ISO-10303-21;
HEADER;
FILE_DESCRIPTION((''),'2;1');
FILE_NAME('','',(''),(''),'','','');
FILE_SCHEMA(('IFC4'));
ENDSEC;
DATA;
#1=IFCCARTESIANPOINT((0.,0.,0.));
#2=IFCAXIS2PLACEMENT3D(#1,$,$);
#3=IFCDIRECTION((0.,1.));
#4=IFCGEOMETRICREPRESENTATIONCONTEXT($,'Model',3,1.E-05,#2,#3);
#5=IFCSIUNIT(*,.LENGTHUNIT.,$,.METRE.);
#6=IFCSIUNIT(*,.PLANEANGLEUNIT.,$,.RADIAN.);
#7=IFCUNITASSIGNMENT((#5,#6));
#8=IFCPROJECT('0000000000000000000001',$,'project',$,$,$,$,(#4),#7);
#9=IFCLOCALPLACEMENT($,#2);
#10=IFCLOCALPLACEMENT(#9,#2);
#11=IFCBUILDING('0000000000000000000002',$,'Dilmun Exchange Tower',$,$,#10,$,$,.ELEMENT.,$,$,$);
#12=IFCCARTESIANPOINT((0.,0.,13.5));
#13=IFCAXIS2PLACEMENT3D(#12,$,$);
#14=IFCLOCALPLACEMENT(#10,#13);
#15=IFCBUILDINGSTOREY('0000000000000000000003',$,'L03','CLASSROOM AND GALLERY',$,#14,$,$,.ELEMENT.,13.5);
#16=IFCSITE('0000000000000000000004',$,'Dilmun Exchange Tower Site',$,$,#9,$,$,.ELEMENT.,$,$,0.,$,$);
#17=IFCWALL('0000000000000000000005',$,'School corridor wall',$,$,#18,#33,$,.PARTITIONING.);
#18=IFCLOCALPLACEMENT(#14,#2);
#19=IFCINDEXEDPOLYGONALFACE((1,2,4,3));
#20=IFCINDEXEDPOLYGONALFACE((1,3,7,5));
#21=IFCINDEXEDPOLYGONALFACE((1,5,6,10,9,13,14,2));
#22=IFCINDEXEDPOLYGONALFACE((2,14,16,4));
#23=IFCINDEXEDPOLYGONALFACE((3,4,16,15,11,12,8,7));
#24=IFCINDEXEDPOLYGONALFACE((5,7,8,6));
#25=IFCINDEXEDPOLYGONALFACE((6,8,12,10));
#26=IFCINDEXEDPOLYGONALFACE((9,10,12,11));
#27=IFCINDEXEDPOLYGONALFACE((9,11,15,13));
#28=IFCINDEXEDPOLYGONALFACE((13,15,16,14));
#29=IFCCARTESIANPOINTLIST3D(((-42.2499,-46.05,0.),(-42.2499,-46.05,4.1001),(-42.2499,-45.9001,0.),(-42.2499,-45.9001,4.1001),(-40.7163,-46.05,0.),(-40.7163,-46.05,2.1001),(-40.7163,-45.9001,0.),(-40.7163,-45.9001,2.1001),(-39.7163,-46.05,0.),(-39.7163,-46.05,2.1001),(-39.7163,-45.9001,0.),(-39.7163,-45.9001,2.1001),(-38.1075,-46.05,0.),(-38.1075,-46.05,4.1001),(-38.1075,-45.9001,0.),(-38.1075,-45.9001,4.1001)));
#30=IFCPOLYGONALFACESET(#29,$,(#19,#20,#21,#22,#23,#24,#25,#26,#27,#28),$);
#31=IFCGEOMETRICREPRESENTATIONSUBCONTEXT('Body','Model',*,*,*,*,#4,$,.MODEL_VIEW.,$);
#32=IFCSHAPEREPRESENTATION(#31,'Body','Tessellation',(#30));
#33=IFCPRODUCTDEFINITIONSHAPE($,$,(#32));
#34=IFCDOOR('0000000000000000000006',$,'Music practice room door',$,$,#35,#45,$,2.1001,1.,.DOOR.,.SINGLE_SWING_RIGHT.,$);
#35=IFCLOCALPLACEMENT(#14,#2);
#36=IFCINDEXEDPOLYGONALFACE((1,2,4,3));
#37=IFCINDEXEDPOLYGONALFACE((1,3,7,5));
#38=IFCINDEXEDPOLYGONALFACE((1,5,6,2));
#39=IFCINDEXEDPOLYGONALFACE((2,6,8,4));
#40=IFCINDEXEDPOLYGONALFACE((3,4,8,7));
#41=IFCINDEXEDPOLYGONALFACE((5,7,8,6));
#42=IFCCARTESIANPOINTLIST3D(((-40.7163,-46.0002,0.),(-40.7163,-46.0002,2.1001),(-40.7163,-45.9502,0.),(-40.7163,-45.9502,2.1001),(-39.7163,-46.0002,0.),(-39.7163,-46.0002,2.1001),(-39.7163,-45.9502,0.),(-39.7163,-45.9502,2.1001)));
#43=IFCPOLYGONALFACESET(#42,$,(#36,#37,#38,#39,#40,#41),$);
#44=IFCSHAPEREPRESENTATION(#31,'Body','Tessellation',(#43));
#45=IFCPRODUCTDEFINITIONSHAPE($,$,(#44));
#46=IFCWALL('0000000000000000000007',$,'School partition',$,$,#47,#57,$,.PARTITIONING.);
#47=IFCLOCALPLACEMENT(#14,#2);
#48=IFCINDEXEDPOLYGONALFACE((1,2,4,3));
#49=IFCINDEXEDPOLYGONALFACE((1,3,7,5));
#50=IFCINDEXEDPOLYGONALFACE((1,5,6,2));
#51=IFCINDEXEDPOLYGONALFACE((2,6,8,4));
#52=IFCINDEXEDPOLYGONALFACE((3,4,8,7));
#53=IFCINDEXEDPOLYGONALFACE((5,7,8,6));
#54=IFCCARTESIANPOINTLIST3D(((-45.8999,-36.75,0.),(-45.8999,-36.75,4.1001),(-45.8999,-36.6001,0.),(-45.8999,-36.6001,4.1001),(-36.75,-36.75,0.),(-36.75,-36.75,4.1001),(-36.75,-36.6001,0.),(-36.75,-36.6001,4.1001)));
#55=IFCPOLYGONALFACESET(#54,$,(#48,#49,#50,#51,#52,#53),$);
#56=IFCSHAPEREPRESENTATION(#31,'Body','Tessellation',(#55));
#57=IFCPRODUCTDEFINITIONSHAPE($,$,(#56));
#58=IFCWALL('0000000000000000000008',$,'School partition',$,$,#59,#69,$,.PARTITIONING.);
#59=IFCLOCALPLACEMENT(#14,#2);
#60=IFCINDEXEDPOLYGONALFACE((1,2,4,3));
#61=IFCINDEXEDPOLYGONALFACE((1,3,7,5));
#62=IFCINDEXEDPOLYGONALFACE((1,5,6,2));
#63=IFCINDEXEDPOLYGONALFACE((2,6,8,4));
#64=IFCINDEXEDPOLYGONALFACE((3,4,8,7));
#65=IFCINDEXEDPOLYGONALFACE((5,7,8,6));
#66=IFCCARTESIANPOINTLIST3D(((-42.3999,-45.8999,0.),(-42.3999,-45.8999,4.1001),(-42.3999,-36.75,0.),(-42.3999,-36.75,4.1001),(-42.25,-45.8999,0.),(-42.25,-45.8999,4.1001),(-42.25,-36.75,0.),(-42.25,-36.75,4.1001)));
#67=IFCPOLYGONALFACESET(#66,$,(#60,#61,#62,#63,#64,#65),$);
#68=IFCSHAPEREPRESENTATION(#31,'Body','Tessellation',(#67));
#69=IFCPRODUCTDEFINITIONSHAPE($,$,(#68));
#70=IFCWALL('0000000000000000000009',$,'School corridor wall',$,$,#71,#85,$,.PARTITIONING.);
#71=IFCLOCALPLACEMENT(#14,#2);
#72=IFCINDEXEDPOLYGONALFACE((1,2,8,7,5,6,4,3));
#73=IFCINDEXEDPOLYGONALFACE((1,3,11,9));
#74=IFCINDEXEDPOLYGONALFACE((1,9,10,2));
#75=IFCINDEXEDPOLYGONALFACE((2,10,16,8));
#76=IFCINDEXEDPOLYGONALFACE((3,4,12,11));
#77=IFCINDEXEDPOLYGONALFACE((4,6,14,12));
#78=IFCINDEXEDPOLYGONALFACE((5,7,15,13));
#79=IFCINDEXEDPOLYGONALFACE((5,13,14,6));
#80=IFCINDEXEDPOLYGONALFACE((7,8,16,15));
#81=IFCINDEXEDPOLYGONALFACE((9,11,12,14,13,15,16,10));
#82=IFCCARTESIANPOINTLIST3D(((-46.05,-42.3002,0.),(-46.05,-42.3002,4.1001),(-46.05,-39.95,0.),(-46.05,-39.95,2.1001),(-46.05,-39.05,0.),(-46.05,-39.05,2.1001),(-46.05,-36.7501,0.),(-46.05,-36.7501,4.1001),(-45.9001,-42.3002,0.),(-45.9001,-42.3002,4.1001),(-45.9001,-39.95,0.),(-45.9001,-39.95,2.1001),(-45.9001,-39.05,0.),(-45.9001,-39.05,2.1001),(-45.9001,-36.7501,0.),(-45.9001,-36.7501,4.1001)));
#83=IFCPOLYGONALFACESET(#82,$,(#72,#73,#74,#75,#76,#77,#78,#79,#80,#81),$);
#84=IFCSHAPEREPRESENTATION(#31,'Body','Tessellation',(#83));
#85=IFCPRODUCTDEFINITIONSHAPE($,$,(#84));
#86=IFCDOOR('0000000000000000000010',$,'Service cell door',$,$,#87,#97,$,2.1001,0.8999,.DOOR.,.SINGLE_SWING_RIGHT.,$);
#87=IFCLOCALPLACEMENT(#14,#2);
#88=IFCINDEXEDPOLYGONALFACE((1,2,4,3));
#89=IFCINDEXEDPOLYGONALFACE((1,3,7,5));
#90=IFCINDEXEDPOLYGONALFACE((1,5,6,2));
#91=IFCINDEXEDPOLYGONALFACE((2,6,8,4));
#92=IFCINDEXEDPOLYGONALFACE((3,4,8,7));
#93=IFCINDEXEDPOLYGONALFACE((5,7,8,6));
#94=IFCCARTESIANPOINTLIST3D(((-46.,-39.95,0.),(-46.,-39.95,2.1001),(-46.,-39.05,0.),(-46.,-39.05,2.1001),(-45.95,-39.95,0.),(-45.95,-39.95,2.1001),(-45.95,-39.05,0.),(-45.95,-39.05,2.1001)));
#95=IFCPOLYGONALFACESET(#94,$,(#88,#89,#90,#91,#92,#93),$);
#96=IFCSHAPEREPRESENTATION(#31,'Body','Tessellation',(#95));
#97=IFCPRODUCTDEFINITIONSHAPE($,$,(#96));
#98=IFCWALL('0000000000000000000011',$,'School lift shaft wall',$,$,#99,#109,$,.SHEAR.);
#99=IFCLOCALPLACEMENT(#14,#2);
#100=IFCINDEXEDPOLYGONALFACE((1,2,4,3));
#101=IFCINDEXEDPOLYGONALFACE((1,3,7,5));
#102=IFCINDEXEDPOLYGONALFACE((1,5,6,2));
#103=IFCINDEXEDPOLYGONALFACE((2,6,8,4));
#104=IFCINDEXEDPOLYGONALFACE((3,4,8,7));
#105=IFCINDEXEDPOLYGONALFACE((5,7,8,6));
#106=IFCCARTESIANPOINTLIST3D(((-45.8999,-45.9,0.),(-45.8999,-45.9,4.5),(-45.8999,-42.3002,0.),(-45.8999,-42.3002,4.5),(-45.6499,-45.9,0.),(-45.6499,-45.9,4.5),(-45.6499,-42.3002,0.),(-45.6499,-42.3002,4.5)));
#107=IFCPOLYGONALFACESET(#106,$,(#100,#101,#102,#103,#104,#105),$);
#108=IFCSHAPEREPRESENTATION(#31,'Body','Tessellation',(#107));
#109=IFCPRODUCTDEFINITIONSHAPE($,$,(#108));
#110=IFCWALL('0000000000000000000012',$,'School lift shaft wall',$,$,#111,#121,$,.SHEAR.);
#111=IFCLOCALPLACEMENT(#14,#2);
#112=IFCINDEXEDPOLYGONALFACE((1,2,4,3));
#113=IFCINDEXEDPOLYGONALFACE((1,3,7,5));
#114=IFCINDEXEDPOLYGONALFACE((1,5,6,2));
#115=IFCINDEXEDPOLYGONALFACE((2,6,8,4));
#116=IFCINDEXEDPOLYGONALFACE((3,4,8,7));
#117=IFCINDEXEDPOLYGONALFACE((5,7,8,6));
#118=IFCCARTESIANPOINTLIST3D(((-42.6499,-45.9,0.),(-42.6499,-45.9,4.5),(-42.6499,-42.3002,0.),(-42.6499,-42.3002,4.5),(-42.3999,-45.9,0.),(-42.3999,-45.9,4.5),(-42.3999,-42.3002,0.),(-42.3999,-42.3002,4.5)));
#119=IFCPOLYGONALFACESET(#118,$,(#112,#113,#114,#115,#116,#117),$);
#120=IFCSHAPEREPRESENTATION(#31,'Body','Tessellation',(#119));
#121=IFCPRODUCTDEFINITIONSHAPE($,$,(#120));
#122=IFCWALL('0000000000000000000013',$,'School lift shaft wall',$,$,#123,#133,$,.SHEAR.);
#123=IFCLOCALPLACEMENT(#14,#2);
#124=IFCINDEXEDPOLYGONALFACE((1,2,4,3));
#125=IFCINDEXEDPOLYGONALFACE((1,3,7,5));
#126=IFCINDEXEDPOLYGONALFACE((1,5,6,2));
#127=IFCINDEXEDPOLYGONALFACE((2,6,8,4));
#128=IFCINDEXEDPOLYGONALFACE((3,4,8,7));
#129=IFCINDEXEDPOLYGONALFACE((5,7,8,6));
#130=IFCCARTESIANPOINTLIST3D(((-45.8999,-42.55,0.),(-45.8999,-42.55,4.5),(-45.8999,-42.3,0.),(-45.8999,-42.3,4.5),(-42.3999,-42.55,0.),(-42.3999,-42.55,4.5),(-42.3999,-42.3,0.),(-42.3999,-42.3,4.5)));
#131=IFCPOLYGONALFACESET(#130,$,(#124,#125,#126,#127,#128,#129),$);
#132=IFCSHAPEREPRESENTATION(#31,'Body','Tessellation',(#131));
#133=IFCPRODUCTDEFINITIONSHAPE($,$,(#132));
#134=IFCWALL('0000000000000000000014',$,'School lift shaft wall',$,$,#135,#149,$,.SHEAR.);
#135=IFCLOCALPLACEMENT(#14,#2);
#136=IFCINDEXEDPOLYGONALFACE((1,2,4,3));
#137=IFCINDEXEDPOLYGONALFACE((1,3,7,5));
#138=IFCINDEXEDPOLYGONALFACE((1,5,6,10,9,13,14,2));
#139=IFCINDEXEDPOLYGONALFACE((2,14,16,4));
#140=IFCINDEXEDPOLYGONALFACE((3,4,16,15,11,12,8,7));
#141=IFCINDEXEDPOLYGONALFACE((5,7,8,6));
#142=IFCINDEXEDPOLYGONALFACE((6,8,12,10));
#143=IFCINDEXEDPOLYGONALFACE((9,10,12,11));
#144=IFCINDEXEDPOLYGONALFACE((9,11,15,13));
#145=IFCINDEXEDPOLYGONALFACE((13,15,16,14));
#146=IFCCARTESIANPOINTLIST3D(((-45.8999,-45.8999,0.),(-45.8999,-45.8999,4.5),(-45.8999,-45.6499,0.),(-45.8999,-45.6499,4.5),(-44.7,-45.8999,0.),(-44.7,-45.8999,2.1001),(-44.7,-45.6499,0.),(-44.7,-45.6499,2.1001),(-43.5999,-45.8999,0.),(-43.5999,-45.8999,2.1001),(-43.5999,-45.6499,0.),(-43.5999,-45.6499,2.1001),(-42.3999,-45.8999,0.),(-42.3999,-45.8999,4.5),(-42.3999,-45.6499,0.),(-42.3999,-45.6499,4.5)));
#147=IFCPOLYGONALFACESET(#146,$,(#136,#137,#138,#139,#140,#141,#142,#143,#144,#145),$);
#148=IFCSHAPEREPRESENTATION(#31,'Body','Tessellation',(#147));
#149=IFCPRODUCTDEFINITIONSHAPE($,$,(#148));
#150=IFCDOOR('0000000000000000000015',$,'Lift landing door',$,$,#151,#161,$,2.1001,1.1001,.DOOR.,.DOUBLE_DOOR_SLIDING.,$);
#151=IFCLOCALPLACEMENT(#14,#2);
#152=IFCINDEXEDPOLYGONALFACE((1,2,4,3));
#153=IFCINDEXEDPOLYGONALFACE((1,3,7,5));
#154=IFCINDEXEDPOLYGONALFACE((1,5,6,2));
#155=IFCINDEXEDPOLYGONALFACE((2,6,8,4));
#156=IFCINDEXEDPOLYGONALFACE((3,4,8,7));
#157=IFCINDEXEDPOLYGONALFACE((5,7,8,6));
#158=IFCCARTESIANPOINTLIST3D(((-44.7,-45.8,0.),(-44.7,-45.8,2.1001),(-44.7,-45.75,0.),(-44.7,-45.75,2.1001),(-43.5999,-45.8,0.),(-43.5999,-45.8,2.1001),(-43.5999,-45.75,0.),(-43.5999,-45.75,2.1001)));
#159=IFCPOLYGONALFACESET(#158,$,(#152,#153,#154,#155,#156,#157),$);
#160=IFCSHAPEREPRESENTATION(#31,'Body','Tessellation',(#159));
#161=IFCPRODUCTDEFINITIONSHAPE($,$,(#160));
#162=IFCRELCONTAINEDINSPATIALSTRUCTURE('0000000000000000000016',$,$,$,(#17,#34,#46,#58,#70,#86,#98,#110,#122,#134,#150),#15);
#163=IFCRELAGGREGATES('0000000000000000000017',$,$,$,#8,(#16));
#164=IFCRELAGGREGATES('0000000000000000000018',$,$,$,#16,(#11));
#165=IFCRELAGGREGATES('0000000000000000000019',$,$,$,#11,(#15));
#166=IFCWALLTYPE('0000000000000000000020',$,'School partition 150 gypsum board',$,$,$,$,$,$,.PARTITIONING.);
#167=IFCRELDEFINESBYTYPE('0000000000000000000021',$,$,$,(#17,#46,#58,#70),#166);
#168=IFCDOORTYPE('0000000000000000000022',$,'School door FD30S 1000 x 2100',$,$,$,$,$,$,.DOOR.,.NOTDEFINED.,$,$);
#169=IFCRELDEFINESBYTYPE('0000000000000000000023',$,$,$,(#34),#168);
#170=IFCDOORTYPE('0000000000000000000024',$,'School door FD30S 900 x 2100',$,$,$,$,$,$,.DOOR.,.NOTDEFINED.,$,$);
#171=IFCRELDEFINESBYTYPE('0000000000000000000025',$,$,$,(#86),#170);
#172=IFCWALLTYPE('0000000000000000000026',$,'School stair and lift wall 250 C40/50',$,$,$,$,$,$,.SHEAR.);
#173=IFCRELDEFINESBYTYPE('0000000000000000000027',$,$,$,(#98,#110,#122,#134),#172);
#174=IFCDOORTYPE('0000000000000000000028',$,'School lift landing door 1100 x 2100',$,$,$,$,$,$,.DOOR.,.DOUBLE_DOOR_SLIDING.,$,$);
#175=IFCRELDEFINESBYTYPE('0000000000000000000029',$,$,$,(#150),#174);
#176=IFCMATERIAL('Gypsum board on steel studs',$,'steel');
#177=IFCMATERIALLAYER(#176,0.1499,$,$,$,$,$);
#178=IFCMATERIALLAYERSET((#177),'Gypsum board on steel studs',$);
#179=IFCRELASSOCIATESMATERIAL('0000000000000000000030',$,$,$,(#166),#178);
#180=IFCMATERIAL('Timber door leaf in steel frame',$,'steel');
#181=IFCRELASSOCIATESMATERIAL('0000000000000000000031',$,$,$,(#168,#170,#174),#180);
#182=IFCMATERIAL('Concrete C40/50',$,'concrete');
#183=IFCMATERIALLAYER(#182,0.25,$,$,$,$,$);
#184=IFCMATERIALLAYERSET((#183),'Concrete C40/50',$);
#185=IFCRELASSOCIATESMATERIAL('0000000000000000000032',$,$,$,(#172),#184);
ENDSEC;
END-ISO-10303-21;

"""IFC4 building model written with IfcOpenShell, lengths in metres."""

from ifc_helpers import new_model, si_unit, direction, frame, frame_2d, origin, place, context, subcontext, project, spatial, rectangle, extrude, material, layer, layer_set, type_object, element, fill, save


model = new_model("IFC4")

# Units and contexts
model_context = context("Model", 3, precision=1e-05, world=origin(), true_north=direction((0.0, 1.0)))
body_context = subcontext(model_context, "Body", "Model", "MODEL_VIEW")
ifc_project = project(units=[si_unit("LENGTHUNIT", "METRE"), si_unit("PLANEANGLEUNIT", "RADIAN")], contexts=[model_context])

# Site, building, storey
site_placement = place(None, origin())
site = spatial("IfcSite", under=ifc_project, at=site_placement, Name="Dilmun Exchange Tower Site", CompositionType="ELEMENT", RefElevation=0.0)
building_placement = place(site_placement, origin())
building = spatial("IfcBuilding", under=site, at=building_placement, Name="Dilmun Exchange Tower", CompositionType="ELEMENT")
storey_placement = place(building_placement, frame((0.0, 0.0, 13.5)))
storey = spatial("IfcBuildingStorey", under=building, at=storey_placement, Name="L03", Description="CLASSROOM AND GALLERY", CompositionType="ELEMENT", Elevation=13.5)

# Shared definitions
ifc_material_1 = material(Name="Concrete C40/50", Category="concrete")

# Shared definitions
ifc_material_2 = material(Name="Gypsum board on steel studs", Category="steel")
ifc_layer_1 = layer(ifc_material_2, 0.1499)
ifc_layer_set_1 = layer_set([ifc_layer_1], Name="Gypsum board on steel studs")
wall_type_1 = type_object("IfcWallType", Name="School partition 150 gypsum board", PredefinedType="PARTITIONING", material=ifc_layer_set_1)

# Wall, opening, door
ifc_material_3 = material(Name="Timber door leaf in steel frame", Category="steel")
door_type_1 = type_object("IfcDoorType", Name="School door FD30S 1000 x 2100", OperationType="NOTDEFINED", PredefinedType="DOOR", material=ifc_material_3)
wall_1_placement = place(storey_placement, frame((-42.25, -45.9751, 0.0), z_axis=(0.0, 0.0, 1.0), x_axis=(1.0, 0.0, 0.0)))
wall_1 = element("IfcWall", 1, at=wall_1_placement, inside=storey, type_object=wall_type_1, Name="School corridor wall", PredefinedType="PARTITIONING", context=body_context, shape_type="SweptSolid", body=[
    extrude(rectangle(XDim=4.1423, YDim=0.1499, at=frame_2d((2.0713, 0.0))), origin(), (0.0, 0.0, 1.0), 4.1001),
])
opening_1_placement = place(wall_1_placement, frame((1.5337, 0.0, 0.0)))
opening_1 = element("IfcOpeningElement", 2, at=opening_1_placement, cuts=wall_1, PredefinedType="OPENING", context=body_context, shape_type="SweptSolid", body=[
    extrude(rectangle(XDim=1.0, YDim=2.1001, at=frame_2d((0.5, 1.05))), frame((0.0, 0.085, 0.0), z_axis=(0.0, -1.0, 0.0), x_axis=(1.0, 0.0, 0.0)), (0.0, 0.0, 1.0), 0.1699),
])
door_1_placement = place(opening_1_placement, origin())
door_1 = element("IfcDoor", 3, at=door_1_placement, inside=storey, type_object=door_type_1, Name="Music practice room door", OperationType="SINGLE_SWING_RIGHT", OverallHeight=2.1001, OverallWidth=1.0, PredefinedType="DOOR", context=body_context, shape_type="SweptSolid", body=[
    extrude(rectangle(XDim=1.0, YDim=2.1001, at=frame_2d((0.5, 1.05))), frame((0.0, 0.0249, 0.0), z_axis=(0.0, -1.0, 0.0), x_axis=(1.0, 0.0, 0.0)), (0.0, 0.0, 1.0), 0.05),
])
fill(opening_1, door_1)

# Walls
for number, where, z_axis, x_axis, name in (
    (4, (-45.8999, -36.675, 0.0), (0.0, 0.0, 1.0), (1.0, 0.0, 0.0), "School partition"),
    (5, (-42.325, -45.8999, 0.0), (0.0, 0.0, 1.0), (0.0, 1.0, 0.0), "School partition"),
):
    element("IfcWall", number, at=place(storey_placement, frame(where, z_axis=z_axis, x_axis=x_axis)), inside=storey, type_object=wall_type_1, Name=name, PredefinedType="PARTITIONING", context=body_context, shape_type="SweptSolid", body=[
        extrude(rectangle(XDim=9.1499, YDim=0.1499, at=frame_2d((4.575, 0.0))), origin(), (0.0, 0.0, 1.0), 4.1001),
    ])

# Wall, opening, door
wall_2_placement = place(storey_placement, frame((-45.9751, -42.3, 0.0), z_axis=(0.0, 0.0, 1.0), x_axis=(0.0, 1.0, 0.0)))
wall_2 = element("IfcWall", 6, at=wall_2_placement, inside=storey, type_object=wall_type_1, Name="School corridor wall", PredefinedType="PARTITIONING", context=body_context, shape_type="SweptSolid", body=[
    extrude(rectangle(XDim=5.55, YDim=0.1499, at=frame_2d((2.7749, 0.0))), origin(), (0.0, 0.0, 1.0), 4.1001),
])
opening_2_placement = place(wall_2_placement, frame((2.3501, 0.0, 0.0)))
opening_2 = element("IfcOpeningElement", 7, at=opening_2_placement, cuts=wall_2, PredefinedType="OPENING", context=body_context, shape_type="SweptSolid", body=[
    extrude(rectangle(XDim=0.8999, YDim=2.1001, at=frame_2d((0.45, 1.05))), frame((0.0, 0.085, 0.0), z_axis=(0.0, -1.0, 0.0), x_axis=(1.0, 0.0, 0.0)), (0.0, 0.0, 1.0), 0.1699),
])
door_type_2 = type_object("IfcDoorType", Name="School door FD30S 900 x 2100", OperationType="NOTDEFINED", PredefinedType="DOOR", material=ifc_material_3)
door_2_placement = place(opening_2_placement, origin())
door_2 = element("IfcDoor", 8, at=door_2_placement, inside=storey, type_object=door_type_2, Name="Service cell door", OperationType="SINGLE_SWING_RIGHT", OverallHeight=2.1001, OverallWidth=0.8999, PredefinedType="DOOR", context=body_context, shape_type="SweptSolid", body=[
    extrude(rectangle(XDim=0.8999, YDim=2.1001, at=frame_2d((0.45, 1.05))), frame((0.0, 0.0249, 0.0), z_axis=(0.0, -1.0, 0.0), x_axis=(1.0, 0.0, 0.0)), (0.0, 0.0, 1.0), 0.05),
])
fill(opening_2, door_2)

# Walls
ifc_layer_2 = layer(ifc_material_1, 0.25)
ifc_layer_set_2 = layer_set([ifc_layer_2], Name="Concrete C40/50")
wall_type_2 = type_object("IfcWallType", Name="School stair and lift wall 250 C40/50", PredefinedType="SHEAR", material=ifc_layer_set_2)
for number, where, z_axis, x_axis, name in (
    (9, (-45.7749, -45.8999, 0.0), (0.0, 0.0, 1.0), (0.0, 1.0, 0.0), "School lift shaft wall"),
    (10, (-42.5249, -45.8999, 0.0), (0.0, 0.0, 1.0), (0.0, 1.0, 0.0), "School lift shaft wall"),
):
    element("IfcWall", number, at=place(storey_placement, frame(where, z_axis=z_axis, x_axis=x_axis)), inside=storey, type_object=wall_type_2, Name=name, PredefinedType="SHEAR", context=body_context, shape_type="SweptSolid", body=[
        extrude(rectangle(XDim=3.5999, YDim=0.25, at=frame_2d((1.7998, 0.0))), origin(), (0.0, 0.0, 1.0), 4.5),
    ])
wall_3_placement = place(storey_placement, frame((-45.8999, -42.425, 0.0), z_axis=(0.0, 0.0, 1.0), x_axis=(1.0, 0.0, 0.0)))
element("IfcWall", 11, at=wall_3_placement, inside=storey, type_object=wall_type_2, Name="School lift shaft wall", PredefinedType="SHEAR", context=body_context, shape_type="SweptSolid", body=[
    extrude(rectangle(XDim=3.5, YDim=0.25, at=frame_2d((1.75, 0.0))), origin(), (0.0, 0.0, 1.0), 4.5),
])

# Wall, opening, door
wall_4_placement = place(storey_placement, frame((-45.8999, -45.7749, 0.0), z_axis=(0.0, 0.0, 1.0), x_axis=(1.0, 0.0, 0.0)))
wall_4 = element("IfcWall", 12, at=wall_4_placement, inside=storey, type_object=wall_type_2, Name="School lift shaft wall", PredefinedType="SHEAR", context=body_context, shape_type="SweptSolid", body=[
    extrude(rectangle(XDim=3.5, YDim=0.25, at=frame_2d((1.75, 0.0))), origin(), (0.0, 0.0, 1.0), 4.5),
])
opening_3_placement = place(wall_4_placement, frame((1.2, 0.0, 0.0)))
opening_3 = element("IfcOpeningElement", 13, at=opening_3_placement, cuts=wall_4, PredefinedType="OPENING", context=body_context, shape_type="SweptSolid", body=[
    extrude(rectangle(XDim=1.1001, YDim=2.1001, at=frame_2d((0.55, 1.05))), frame((0.0, 0.135, 0.0), z_axis=(0.0, -1.0, 0.0), x_axis=(1.0, 0.0, 0.0)), (0.0, 0.0, 1.0), 0.27),
])
door_type_3 = type_object("IfcDoorType", Name="School lift landing door 1100 x 2100", OperationType="DOUBLE_DOOR_SLIDING", PredefinedType="DOOR", material=ifc_material_3)
door_3_placement = place(opening_3_placement, origin())
door_3 = element("IfcDoor", 14, at=door_3_placement, inside=storey, type_object=door_type_3, Name="Lift landing door", OperationType="DOUBLE_DOOR_SLIDING", OverallHeight=2.1001, OverallWidth=1.1001, PredefinedType="DOOR", context=body_context, shape_type="SweptSolid", body=[
    extrude(rectangle(XDim=1.1001, YDim=2.1001, at=frame_2d((0.55, 1.05))), frame((0.0, 0.0249, 0.0), z_axis=(0.0, -1.0, 0.0), x_axis=(1.0, 0.0, 0.0)), (0.0, 0.0, 1.0), 0.05),
])
fill(opening_3, door_3)

save(model, "model.ifc")
